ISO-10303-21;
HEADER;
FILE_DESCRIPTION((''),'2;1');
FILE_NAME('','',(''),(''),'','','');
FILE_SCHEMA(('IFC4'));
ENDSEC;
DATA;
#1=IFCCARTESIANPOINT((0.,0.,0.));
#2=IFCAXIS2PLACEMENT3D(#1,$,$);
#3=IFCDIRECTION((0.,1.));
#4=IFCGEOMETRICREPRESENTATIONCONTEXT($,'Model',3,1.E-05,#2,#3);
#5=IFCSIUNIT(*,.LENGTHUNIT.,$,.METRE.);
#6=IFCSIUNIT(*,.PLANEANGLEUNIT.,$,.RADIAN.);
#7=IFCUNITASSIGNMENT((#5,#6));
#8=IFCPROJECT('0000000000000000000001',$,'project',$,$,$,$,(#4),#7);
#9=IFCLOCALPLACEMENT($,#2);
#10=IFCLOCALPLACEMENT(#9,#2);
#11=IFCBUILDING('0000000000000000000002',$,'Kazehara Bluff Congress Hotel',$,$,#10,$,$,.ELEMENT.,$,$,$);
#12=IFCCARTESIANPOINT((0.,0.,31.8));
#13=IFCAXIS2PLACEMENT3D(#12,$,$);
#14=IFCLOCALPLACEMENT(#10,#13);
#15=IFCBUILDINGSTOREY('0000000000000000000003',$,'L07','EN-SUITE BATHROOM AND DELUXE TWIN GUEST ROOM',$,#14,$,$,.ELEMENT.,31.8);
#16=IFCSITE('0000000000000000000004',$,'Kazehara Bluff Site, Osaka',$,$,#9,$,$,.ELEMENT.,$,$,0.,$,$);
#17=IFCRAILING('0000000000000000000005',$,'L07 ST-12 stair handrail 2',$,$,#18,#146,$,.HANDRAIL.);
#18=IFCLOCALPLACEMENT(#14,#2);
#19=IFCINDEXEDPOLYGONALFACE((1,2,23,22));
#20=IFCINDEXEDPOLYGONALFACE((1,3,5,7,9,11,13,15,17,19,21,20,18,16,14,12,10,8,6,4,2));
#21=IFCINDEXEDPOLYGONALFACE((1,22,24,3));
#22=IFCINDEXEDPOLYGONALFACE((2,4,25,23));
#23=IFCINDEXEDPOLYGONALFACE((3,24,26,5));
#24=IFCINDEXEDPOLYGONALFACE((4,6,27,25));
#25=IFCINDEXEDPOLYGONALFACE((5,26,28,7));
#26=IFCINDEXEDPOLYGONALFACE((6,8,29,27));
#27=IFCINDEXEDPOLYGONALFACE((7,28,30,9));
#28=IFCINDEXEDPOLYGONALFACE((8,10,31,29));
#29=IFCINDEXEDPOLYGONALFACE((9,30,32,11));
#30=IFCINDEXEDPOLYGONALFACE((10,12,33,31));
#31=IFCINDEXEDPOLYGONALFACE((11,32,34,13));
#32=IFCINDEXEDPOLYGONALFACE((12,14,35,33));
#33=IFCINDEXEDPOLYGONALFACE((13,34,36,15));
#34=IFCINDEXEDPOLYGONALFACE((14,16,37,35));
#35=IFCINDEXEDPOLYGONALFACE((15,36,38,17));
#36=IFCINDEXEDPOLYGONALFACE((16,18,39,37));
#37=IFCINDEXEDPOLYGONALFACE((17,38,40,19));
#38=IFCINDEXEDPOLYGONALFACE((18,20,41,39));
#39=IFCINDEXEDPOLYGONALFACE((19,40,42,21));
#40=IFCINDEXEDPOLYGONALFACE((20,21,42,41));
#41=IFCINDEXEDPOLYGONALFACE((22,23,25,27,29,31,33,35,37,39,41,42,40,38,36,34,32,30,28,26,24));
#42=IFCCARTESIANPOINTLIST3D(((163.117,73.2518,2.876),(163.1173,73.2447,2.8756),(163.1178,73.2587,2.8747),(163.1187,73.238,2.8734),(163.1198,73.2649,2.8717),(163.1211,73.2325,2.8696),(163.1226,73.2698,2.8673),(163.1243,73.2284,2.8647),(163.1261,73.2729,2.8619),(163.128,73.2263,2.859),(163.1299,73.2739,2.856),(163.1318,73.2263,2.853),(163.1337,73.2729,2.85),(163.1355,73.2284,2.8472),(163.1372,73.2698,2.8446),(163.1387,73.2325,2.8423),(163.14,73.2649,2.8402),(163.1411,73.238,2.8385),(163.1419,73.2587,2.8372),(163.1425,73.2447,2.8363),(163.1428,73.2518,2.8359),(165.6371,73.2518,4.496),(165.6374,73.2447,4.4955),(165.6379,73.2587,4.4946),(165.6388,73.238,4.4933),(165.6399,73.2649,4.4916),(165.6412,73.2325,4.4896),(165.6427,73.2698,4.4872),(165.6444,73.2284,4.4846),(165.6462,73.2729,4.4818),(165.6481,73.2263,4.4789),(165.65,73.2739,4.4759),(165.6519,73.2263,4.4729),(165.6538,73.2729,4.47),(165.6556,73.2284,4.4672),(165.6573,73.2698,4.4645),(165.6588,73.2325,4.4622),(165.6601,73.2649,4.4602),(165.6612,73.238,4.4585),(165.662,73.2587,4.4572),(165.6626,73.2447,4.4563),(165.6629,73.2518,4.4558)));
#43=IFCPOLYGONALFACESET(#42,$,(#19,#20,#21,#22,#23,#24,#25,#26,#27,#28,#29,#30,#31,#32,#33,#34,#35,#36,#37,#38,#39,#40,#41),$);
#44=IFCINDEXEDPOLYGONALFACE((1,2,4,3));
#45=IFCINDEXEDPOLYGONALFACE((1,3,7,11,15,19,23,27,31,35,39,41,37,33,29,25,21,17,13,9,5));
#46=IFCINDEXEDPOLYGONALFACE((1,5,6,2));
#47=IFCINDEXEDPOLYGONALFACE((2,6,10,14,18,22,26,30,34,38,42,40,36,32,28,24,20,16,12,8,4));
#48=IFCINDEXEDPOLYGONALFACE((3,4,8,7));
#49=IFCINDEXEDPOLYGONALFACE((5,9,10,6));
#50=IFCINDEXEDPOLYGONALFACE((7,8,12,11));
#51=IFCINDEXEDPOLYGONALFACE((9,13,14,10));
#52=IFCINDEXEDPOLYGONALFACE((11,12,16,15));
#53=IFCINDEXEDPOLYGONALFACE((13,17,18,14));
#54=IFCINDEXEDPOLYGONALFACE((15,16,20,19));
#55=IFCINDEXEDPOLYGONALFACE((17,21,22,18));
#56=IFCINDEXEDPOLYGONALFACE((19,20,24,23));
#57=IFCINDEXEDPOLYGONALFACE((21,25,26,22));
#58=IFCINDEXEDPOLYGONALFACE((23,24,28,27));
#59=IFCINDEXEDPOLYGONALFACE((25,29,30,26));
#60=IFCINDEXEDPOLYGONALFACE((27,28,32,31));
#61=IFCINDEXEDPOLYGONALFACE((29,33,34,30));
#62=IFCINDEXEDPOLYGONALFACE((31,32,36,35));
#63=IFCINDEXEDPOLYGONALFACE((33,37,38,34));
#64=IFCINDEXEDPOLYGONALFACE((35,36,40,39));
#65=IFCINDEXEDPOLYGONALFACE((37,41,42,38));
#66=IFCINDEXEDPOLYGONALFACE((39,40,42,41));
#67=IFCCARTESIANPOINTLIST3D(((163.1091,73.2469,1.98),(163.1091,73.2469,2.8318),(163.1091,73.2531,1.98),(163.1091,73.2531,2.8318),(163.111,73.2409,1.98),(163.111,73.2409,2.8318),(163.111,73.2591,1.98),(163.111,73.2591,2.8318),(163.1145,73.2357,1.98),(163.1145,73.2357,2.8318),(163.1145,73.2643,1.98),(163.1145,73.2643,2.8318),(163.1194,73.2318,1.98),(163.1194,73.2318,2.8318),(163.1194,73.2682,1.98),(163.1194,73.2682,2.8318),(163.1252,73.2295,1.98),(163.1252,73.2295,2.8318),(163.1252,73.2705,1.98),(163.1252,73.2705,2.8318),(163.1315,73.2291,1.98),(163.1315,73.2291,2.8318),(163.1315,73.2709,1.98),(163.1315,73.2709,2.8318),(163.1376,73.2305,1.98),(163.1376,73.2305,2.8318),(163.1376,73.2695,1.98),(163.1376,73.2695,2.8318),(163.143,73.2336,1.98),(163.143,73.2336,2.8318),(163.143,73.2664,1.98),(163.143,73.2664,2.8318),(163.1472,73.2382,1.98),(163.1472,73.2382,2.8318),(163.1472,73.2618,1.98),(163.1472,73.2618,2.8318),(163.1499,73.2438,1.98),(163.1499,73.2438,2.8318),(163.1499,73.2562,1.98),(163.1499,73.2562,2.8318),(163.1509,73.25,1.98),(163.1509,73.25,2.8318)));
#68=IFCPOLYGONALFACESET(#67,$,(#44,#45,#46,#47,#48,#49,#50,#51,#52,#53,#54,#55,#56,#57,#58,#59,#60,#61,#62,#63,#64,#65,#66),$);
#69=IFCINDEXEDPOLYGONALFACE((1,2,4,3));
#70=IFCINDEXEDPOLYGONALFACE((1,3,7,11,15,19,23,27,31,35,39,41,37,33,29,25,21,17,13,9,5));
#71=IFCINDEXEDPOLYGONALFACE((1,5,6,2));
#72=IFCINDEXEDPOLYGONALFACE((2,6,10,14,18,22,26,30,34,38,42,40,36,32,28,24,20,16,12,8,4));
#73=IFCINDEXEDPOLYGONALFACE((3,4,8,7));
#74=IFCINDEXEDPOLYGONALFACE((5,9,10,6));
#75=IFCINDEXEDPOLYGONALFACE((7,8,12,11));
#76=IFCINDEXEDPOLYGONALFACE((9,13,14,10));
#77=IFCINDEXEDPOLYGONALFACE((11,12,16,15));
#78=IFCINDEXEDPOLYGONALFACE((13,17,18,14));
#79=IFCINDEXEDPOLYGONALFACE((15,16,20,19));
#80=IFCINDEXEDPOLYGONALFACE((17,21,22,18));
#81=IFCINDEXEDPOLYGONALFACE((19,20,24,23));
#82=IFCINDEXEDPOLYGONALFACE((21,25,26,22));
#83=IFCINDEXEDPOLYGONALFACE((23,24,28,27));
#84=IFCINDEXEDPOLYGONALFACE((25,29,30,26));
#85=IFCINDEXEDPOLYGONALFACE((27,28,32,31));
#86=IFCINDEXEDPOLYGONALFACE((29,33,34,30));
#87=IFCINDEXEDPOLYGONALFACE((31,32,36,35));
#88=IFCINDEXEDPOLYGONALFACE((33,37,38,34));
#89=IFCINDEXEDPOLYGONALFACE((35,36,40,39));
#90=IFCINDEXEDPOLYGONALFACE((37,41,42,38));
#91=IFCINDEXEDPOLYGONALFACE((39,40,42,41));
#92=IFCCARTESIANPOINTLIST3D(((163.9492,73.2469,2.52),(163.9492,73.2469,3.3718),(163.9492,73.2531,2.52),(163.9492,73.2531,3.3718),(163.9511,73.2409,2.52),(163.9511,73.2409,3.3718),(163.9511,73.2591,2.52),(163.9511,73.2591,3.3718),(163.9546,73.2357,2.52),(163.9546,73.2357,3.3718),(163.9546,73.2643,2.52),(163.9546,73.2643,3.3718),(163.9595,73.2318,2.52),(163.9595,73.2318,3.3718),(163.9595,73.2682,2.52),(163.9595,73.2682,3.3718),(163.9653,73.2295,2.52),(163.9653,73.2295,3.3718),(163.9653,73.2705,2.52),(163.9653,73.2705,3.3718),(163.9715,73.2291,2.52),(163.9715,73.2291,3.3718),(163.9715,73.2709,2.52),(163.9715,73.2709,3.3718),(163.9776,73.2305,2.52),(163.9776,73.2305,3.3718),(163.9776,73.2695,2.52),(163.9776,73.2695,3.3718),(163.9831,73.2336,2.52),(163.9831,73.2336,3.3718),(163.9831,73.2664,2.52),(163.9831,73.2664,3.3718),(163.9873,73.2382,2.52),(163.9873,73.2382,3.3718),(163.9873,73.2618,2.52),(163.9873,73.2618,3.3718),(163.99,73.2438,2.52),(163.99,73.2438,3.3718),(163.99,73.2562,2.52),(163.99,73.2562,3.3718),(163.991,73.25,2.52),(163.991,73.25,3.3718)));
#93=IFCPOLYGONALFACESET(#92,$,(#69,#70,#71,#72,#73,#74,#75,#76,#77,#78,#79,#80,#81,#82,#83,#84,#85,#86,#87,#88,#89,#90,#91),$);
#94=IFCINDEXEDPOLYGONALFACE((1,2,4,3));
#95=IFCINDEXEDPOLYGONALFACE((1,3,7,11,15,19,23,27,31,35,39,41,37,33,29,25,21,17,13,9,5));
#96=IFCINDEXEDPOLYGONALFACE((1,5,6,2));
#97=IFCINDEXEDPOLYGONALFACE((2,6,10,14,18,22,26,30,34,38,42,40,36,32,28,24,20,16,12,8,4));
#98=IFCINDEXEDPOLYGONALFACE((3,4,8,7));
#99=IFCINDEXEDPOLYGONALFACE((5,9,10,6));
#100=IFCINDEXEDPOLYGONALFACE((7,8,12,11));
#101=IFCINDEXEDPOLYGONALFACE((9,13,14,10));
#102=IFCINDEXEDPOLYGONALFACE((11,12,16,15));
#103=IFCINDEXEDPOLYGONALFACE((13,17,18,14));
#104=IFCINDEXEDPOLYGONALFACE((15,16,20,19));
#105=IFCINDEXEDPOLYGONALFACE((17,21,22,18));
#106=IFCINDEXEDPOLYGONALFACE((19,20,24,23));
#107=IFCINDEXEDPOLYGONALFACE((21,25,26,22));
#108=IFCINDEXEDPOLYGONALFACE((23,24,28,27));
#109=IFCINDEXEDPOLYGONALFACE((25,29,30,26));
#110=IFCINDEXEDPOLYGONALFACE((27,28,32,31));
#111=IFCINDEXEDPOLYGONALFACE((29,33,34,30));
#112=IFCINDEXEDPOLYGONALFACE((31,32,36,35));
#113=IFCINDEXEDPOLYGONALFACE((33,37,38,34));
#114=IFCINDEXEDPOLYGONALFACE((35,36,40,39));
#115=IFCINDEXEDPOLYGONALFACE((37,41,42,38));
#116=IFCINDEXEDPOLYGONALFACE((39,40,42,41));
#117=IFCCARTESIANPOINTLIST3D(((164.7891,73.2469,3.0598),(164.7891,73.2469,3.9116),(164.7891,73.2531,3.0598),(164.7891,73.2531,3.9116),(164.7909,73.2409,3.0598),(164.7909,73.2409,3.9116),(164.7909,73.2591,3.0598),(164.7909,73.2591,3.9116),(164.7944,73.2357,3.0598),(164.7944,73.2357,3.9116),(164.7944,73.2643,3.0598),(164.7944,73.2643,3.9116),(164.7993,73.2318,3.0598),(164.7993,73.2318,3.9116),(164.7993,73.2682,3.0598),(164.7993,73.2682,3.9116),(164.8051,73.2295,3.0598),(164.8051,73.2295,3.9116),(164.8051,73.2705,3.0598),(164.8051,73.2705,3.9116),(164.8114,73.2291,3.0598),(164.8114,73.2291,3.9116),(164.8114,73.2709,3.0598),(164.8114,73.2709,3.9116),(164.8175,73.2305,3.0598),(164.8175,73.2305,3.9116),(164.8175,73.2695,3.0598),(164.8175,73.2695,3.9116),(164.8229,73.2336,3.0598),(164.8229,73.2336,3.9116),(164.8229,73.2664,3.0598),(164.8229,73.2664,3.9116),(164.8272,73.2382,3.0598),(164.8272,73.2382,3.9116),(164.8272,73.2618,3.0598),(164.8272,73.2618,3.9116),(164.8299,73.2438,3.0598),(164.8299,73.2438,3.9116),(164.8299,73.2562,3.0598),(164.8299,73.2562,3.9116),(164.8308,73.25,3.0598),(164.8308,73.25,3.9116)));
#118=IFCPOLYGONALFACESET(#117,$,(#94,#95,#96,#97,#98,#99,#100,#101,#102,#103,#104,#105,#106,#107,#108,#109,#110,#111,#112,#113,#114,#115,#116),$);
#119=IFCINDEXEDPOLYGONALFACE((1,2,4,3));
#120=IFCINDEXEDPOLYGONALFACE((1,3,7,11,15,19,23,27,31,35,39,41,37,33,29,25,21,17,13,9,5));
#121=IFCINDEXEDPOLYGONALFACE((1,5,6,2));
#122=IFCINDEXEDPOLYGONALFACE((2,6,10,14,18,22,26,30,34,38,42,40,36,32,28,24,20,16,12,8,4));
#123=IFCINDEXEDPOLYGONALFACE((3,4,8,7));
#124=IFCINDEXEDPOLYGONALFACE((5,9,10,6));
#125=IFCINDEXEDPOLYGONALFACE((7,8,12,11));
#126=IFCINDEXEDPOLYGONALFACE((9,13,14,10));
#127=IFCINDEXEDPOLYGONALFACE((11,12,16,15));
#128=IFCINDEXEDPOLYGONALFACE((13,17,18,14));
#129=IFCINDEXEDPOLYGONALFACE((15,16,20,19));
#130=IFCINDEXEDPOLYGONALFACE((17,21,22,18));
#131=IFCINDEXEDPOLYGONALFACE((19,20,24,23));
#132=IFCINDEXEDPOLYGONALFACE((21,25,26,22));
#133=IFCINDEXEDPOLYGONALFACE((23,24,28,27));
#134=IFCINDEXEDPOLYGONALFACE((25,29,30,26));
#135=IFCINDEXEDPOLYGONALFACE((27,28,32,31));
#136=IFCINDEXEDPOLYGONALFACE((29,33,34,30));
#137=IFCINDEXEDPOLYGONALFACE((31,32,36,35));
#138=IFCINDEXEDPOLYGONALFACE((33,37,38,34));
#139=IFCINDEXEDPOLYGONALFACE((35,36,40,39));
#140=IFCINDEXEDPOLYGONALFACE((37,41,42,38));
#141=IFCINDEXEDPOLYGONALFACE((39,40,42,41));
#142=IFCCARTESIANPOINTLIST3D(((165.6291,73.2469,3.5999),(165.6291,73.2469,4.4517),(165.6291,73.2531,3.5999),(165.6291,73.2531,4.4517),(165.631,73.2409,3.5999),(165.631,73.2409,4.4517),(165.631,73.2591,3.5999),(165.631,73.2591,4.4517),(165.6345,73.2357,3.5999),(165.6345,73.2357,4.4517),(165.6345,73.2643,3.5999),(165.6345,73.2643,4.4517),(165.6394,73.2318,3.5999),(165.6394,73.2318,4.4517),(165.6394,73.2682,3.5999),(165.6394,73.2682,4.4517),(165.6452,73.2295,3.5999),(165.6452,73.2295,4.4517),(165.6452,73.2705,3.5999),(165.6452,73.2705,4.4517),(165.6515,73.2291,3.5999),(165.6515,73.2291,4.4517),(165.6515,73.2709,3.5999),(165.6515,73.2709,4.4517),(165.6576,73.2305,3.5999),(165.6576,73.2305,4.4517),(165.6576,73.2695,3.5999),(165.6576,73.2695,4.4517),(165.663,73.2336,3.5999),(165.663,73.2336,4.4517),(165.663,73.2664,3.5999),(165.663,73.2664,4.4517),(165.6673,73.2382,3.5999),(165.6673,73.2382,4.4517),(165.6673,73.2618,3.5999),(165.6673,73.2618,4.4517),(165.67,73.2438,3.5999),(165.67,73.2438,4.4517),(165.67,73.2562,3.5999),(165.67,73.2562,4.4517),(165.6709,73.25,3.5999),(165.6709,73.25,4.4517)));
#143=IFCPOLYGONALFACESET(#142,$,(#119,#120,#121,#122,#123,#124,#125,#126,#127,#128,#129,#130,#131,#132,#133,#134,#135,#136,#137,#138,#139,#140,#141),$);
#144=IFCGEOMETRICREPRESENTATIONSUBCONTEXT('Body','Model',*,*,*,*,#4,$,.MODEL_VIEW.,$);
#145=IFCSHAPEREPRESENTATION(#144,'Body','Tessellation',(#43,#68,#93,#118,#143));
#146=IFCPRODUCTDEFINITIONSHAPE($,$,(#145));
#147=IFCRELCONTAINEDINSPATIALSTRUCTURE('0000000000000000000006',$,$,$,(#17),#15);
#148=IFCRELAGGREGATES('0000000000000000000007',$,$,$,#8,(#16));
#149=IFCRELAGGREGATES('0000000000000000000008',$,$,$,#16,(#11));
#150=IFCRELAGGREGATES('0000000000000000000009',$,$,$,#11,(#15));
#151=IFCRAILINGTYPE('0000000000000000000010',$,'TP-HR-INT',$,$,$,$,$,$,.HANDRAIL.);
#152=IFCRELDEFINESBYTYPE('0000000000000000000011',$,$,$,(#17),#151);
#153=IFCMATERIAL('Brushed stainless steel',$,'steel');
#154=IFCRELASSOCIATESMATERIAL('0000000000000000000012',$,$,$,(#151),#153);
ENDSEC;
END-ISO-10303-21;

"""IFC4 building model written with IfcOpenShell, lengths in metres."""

from ifc_helpers import new_model, si_unit, direction, frame, origin, origin_2d, place, context, subcontext, project, spatial, circle, extrude, material, type_object, element, save


model = new_model("IFC4")

# Units and contexts
model_context = context("Model", 3, precision=1e-05, world=origin(), true_north=direction((0.0, 1.0)))
body_context = subcontext(model_context, "Body", "Model", "MODEL_VIEW")
ifc_project = project(units=[si_unit("LENGTHUNIT", "METRE"), si_unit("PLANEANGLEUNIT", "RADIAN")], contexts=[model_context])

# Site, building, storey
site_placement = place(None, origin())
site = spatial("IfcSite", under=ifc_project, at=site_placement, Name="Kazehara Bluff Site, Osaka", CompositionType="ELEMENT", RefElevation=0.0)
building_placement = place(site_placement, origin())
building = spatial("IfcBuilding", under=site, at=building_placement, Name="Kazehara Bluff Congress Hotel", CompositionType="ELEMENT")
storey_placement = place(building_placement, frame((0.0, 0.0, 31.8)))
storey = spatial("IfcBuildingStorey", under=building, at=storey_placement, Name="L07", Description="EN-SUITE BATHROOM AND DELUXE TWIN GUEST ROOM", CompositionType="ELEMENT", Elevation=31.8)

# Railing
ifc_material_1 = material(Name="Brushed stainless steel", Category="steel")
railing_type_1 = type_object("IfcRailingType", Name="TP-HR-INT", PredefinedType="HANDRAIL", material=ifc_material_1)
railing_1_placement = place(storey_placement, frame((163.1299, 73.25, 1.98)))
element("IfcRailing", 1, at=railing_1_placement, inside=storey, type_object=railing_type_1, Name="L07 ST-12 stair handrail 2", PredefinedType="HANDRAIL", context=body_context, shape_type="SweptSolid", body=[
    extrude(circle(Radius=0.0239, at=origin_2d()), frame((0.0, 0.0, 0.876), z_axis=(0.8412, 0.0, 0.540725), x_axis=(0.0, 1.0, 0.0)), (0.0, 0.0, 1.0), 2.9958),
    extrude(circle(Radius=0.021, at=origin_2d()), origin(), (0.0, 0.0, 1.0), 0.8518),
    extrude(circle(Radius=0.021, at=origin_2d()), frame((0.8401, 0.0, 0.54)), (0.0, 0.0, 1.0), 0.8518),
    extrude(circle(Radius=0.021, at=origin_2d()), frame((1.6799, 0.0, 1.0798)), (0.0, 0.0, 1.0), 0.8518),
    extrude(circle(Radius=0.021, at=origin_2d()), frame((2.52, 0.0, 1.6199)), (0.0, 0.0, 1.0), 0.8518),
])

save(model, "model.ifc")
